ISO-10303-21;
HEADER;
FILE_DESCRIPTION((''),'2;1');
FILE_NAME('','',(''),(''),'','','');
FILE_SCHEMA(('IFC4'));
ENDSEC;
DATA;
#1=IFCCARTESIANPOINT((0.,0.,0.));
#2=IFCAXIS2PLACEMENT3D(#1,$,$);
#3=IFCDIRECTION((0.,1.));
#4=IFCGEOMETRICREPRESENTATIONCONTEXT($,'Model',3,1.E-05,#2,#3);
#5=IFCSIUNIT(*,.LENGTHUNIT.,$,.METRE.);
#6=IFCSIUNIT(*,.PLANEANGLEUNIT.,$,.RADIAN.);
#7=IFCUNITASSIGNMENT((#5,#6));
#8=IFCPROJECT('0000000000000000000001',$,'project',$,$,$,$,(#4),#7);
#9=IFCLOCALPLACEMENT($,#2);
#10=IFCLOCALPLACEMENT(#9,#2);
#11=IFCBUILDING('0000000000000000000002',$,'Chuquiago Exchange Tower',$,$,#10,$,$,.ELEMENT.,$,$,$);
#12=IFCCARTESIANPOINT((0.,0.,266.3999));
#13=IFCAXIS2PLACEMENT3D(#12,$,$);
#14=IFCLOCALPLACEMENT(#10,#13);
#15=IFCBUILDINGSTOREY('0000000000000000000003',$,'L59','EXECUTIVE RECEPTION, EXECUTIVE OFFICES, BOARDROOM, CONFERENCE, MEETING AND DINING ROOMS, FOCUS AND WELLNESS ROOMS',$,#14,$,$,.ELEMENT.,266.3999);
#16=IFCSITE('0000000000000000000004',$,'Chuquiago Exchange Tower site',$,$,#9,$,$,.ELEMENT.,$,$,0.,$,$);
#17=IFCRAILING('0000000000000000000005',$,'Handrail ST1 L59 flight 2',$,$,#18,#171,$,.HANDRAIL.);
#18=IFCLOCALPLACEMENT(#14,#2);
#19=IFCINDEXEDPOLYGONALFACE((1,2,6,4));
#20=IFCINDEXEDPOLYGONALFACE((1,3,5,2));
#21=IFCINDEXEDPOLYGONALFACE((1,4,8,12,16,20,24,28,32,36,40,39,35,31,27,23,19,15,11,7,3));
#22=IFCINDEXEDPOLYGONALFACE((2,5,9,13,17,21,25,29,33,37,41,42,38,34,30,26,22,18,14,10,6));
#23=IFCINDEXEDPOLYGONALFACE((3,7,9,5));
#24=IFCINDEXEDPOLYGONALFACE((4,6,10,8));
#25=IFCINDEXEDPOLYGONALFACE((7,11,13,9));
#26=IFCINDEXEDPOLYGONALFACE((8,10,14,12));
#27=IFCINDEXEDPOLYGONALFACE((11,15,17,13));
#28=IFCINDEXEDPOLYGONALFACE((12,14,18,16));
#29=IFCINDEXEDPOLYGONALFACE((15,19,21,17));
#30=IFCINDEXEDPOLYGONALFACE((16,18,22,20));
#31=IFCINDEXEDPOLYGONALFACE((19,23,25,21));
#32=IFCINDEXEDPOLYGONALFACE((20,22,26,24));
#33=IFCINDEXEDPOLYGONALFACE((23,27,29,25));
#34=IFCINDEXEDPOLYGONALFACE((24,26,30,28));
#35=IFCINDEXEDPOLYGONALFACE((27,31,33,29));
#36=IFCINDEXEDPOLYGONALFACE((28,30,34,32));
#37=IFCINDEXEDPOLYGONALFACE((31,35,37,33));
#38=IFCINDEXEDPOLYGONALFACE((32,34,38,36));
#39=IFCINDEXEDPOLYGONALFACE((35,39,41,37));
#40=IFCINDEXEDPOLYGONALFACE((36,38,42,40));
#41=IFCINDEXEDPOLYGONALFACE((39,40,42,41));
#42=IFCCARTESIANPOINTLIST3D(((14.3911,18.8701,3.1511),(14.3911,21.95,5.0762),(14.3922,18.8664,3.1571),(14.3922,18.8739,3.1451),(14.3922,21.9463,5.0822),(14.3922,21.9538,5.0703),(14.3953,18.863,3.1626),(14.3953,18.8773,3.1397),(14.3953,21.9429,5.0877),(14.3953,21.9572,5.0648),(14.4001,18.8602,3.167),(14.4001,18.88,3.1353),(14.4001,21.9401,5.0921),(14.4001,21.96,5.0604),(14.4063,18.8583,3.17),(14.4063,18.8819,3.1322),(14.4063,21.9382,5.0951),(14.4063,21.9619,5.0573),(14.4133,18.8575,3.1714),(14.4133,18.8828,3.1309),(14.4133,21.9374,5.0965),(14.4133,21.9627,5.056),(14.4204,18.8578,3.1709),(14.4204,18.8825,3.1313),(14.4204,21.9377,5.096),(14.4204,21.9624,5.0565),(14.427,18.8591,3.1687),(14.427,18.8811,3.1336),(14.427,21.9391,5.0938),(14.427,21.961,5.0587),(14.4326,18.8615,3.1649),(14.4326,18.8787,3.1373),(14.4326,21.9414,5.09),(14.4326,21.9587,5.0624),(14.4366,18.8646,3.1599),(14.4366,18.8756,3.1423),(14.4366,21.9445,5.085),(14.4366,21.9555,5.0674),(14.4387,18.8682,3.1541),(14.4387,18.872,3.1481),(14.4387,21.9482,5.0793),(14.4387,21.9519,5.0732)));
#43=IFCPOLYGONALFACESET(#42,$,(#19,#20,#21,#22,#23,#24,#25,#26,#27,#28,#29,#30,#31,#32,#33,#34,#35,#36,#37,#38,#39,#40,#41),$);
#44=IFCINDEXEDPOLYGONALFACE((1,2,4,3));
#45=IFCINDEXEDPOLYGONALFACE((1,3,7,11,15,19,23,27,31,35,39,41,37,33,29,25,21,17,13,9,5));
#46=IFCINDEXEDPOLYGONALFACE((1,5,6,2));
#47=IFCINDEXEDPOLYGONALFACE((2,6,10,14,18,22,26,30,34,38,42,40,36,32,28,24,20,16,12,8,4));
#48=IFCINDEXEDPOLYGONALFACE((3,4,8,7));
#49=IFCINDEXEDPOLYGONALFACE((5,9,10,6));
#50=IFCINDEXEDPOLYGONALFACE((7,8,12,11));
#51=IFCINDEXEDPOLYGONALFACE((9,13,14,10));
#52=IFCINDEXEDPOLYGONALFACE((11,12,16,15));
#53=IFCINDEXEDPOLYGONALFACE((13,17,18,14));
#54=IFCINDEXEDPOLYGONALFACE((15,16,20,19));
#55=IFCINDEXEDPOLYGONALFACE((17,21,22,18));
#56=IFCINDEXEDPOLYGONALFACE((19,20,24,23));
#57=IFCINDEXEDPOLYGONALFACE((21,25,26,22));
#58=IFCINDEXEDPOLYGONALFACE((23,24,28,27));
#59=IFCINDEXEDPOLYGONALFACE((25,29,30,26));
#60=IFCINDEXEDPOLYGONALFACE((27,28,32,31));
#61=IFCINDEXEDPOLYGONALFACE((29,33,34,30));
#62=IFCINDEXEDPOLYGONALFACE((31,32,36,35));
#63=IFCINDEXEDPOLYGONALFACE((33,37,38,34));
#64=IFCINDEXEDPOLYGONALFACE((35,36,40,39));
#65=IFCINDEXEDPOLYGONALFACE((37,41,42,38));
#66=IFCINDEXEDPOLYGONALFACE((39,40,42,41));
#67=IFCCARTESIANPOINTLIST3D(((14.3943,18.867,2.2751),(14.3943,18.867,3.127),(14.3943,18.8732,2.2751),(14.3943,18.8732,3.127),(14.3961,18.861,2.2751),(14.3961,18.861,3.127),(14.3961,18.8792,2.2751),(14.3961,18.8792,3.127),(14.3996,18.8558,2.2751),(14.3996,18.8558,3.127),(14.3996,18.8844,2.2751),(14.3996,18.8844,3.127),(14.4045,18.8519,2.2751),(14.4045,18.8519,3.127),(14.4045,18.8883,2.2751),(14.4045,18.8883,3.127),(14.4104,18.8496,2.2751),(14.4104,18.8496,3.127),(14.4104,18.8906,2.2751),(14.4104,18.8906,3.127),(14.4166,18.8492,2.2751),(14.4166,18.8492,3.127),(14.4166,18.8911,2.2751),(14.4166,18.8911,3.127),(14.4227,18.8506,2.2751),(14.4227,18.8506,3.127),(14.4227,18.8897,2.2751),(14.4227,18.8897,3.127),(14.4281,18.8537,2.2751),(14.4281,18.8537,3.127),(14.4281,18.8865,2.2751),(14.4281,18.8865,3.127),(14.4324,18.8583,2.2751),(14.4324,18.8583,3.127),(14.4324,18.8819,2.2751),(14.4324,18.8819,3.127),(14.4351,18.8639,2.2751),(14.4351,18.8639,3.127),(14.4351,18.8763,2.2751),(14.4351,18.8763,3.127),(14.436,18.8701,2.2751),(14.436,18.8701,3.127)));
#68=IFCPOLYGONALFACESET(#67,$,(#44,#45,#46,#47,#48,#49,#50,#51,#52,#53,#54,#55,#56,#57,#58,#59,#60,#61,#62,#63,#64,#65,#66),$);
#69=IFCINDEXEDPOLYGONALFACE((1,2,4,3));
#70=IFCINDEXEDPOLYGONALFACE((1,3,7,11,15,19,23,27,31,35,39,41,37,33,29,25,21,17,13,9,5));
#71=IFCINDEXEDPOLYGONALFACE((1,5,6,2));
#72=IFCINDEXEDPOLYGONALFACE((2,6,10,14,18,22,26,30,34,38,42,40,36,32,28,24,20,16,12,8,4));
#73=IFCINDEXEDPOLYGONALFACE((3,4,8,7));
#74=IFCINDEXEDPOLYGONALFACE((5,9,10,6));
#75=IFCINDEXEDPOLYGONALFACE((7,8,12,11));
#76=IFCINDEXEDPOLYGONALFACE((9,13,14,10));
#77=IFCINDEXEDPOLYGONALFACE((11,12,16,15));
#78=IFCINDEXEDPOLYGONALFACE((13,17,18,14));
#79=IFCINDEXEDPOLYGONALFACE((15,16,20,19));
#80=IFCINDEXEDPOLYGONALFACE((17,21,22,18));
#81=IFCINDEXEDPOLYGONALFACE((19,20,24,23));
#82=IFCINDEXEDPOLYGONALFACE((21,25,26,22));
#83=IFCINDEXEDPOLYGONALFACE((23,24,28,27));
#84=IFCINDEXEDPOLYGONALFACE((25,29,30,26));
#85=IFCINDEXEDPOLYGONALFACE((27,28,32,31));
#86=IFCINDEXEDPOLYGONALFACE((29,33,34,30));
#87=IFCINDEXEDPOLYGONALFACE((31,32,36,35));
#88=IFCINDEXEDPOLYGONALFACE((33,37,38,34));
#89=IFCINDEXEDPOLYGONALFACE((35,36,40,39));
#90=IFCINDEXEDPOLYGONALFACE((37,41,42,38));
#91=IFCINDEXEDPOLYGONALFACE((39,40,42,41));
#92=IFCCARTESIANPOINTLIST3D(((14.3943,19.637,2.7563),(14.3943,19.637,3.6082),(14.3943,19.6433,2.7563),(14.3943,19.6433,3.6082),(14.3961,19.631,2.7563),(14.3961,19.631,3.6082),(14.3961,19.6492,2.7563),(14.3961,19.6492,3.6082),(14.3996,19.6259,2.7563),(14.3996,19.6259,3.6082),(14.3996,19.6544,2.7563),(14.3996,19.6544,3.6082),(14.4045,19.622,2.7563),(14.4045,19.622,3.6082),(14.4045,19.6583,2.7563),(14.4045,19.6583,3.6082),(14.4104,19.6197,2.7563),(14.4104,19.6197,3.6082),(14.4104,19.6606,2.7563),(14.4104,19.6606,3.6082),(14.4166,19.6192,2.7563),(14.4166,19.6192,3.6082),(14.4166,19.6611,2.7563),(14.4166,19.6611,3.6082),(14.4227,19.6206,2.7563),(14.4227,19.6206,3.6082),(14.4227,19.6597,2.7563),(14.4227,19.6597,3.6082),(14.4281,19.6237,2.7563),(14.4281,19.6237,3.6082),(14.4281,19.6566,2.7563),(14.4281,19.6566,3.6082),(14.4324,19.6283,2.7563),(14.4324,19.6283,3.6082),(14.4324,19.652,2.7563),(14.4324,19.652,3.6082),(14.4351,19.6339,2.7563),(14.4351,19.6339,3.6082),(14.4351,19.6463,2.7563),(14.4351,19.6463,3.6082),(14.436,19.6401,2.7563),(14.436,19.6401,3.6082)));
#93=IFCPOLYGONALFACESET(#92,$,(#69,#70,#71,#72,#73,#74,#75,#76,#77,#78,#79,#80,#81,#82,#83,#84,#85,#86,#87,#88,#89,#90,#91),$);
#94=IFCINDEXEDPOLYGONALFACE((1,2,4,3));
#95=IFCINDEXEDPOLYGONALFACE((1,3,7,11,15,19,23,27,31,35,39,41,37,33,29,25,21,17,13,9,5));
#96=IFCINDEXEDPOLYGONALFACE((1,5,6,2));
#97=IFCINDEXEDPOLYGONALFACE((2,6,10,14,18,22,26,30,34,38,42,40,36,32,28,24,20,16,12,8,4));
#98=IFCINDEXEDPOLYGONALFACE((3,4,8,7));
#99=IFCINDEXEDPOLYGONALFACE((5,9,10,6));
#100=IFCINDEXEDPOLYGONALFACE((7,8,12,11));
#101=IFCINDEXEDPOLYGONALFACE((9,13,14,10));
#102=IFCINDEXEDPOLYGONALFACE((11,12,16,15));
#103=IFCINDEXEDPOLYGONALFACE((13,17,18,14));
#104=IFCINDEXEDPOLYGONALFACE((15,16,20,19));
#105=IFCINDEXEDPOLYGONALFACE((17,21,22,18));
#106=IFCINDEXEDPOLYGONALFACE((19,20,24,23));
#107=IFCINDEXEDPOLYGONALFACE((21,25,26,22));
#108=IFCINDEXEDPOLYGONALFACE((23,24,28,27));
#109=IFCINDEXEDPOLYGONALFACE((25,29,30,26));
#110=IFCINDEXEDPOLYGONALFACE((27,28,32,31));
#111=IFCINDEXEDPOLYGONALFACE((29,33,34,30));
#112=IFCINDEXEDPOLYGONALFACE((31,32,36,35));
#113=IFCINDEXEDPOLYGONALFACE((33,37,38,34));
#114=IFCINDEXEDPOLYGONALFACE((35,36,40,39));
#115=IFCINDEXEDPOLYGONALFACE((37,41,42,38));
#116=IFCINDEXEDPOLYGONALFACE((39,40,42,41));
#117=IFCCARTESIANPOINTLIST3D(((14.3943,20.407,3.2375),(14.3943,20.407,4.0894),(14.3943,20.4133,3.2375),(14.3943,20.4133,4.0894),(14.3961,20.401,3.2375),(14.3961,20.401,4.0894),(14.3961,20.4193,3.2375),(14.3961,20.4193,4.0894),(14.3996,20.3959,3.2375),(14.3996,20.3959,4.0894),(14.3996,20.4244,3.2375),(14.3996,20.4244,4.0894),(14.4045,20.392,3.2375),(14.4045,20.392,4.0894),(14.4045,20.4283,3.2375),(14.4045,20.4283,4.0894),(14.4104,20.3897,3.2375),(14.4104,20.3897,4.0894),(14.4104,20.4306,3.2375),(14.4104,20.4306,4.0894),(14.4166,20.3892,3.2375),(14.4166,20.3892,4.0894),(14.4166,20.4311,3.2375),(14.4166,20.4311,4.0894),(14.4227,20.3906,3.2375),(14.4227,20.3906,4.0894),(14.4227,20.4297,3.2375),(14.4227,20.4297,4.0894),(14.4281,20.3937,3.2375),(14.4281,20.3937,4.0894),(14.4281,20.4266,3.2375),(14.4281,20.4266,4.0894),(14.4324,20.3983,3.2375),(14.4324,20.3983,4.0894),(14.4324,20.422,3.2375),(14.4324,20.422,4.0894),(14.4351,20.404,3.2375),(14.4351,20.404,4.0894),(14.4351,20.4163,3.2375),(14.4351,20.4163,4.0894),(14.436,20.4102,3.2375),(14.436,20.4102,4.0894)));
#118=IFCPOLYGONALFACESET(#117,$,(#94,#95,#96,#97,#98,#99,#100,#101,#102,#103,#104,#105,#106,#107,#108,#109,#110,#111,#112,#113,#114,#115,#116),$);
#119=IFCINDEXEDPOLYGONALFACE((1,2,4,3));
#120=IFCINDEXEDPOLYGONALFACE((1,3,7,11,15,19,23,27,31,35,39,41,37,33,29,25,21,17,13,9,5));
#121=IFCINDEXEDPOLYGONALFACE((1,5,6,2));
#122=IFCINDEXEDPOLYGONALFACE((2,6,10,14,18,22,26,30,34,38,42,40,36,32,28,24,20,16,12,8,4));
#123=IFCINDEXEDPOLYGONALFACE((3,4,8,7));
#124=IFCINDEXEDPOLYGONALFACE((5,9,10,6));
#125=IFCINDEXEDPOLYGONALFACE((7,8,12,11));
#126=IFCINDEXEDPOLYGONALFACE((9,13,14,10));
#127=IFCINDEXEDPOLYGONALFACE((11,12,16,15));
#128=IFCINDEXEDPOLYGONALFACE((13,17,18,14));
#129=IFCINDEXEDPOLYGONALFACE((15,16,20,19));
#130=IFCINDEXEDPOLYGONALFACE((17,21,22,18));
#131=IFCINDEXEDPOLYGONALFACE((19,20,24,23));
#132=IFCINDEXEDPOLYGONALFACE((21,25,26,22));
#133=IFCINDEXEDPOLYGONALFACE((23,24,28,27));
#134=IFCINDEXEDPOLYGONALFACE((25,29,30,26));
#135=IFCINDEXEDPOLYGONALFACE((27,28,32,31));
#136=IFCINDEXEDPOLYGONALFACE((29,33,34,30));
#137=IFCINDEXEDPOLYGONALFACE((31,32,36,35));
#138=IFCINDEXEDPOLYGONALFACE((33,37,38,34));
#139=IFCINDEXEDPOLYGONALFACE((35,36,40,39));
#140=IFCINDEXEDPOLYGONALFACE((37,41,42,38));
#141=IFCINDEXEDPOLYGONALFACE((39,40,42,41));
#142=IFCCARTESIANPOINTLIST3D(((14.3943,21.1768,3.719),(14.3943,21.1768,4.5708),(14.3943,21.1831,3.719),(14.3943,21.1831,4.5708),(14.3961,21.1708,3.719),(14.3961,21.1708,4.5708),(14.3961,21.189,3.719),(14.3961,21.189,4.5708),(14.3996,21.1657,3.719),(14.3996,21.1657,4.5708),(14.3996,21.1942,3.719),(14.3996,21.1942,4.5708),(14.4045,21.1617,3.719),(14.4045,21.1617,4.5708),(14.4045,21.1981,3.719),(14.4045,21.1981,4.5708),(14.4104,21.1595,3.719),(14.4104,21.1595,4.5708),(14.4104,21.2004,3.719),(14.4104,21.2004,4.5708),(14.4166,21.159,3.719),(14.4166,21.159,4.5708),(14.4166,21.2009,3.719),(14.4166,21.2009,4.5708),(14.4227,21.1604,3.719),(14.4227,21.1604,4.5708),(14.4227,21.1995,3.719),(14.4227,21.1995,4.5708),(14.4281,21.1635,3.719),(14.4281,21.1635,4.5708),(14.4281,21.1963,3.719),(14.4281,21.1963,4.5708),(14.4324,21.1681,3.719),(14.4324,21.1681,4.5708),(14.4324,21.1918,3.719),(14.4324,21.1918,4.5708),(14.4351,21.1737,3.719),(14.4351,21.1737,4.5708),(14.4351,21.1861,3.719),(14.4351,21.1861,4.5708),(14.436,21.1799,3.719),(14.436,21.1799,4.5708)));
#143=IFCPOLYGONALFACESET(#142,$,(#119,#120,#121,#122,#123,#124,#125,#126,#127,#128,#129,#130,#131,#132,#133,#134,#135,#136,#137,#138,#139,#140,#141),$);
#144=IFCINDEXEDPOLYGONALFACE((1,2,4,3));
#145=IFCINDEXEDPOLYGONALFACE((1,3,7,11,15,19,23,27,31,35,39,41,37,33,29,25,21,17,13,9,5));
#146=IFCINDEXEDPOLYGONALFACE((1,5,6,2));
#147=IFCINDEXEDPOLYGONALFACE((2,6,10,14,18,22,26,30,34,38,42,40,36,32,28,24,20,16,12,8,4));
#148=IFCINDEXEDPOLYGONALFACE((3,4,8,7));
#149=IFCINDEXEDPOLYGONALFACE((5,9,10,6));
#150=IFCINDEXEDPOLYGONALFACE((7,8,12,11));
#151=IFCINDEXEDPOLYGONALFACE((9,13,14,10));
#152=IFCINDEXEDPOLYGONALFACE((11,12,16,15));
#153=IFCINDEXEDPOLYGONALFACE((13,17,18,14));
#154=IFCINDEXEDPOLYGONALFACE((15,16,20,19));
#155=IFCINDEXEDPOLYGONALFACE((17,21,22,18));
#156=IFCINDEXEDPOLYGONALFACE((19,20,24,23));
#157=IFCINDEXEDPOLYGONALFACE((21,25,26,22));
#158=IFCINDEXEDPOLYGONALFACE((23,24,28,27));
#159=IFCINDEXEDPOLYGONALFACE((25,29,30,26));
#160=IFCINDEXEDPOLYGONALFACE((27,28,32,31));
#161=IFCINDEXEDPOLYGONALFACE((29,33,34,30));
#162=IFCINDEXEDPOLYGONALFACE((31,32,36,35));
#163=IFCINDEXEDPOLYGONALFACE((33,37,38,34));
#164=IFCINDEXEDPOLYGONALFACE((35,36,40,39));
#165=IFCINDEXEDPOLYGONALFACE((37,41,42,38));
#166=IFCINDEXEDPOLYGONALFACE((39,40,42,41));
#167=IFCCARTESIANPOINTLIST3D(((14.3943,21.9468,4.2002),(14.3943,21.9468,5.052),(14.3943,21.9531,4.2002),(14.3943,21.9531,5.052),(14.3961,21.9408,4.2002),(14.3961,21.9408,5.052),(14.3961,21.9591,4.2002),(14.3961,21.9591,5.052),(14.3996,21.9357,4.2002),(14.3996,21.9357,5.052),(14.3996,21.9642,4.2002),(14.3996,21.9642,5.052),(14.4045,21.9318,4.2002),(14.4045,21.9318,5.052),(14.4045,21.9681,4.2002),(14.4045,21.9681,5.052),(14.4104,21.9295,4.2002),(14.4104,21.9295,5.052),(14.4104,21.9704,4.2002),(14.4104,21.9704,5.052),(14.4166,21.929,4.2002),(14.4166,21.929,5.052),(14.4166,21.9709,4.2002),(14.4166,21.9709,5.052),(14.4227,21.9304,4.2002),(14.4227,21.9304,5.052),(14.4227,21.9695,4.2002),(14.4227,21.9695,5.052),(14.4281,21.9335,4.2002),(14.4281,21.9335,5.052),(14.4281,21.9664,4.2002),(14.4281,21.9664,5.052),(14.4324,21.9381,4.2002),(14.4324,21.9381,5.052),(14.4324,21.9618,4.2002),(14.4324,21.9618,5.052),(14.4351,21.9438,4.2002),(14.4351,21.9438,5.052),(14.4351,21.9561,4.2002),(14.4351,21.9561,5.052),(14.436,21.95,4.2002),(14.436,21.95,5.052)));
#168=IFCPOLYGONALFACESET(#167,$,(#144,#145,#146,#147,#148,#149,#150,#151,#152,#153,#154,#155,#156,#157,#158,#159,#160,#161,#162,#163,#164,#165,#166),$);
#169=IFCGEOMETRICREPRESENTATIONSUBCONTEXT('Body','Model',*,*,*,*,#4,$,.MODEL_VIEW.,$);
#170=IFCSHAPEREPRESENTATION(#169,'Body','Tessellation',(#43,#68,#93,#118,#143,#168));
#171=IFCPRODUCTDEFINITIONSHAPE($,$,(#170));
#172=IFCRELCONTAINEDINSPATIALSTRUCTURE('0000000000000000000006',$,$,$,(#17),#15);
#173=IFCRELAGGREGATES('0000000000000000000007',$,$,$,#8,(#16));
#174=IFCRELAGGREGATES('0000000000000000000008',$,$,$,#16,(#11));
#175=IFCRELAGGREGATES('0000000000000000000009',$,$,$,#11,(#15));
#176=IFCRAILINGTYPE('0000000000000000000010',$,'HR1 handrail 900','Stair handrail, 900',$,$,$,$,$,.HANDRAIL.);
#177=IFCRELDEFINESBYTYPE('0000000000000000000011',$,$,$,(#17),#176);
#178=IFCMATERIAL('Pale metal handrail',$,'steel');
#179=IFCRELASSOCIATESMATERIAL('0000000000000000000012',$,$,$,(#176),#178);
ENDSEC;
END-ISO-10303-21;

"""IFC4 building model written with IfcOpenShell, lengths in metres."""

from ifc_helpers import new_model, si_unit, direction, frame, origin, origin_2d, place, context, subcontext, project, spatial, circle, extrude, material, type_object, element, save


model = new_model("IFC4")

# Units and contexts
model_context = context("Model", 3, precision=1e-05, world=origin(), true_north=direction((0.0, 1.0)))
body_context = subcontext(model_context, "Body", "Model", "MODEL_VIEW")
ifc_project = project(units=[si_unit("LENGTHUNIT", "METRE"), si_unit("PLANEANGLEUNIT", "RADIAN")], contexts=[model_context])

# Site, building, storey
site_placement = place(None, origin())
site = spatial("IfcSite", under=ifc_project, at=site_placement, Name="Chuquiago Exchange Tower site", CompositionType="ELEMENT", RefElevation=0.0)
building_placement = place(site_placement, origin())
building = spatial("IfcBuilding", under=site, at=building_placement, Name="Chuquiago Exchange Tower", CompositionType="ELEMENT")
storey_placement = place(building_placement, frame((0.0, 0.0, 266.3999)))
storey = spatial("IfcBuildingStorey", under=building, at=storey_placement, Name="L59", Description="EXECUTIVE RECEPTION, EXECUTIVE OFFICES, BOARDROOM, CONFERENCE, MEETING AND DINING ROOMS, FOCUS AND WELLNESS ROOMS", CompositionType="ELEMENT", Elevation=266.3999)

# Railing
ifc_material_1 = material(Name="Pale metal handrail", Category="steel")
railing_type_1 = type_object("IfcRailingType", Name="HR1 handrail 900", Description="Stair handrail, 900", PredefinedType="HANDRAIL", material=ifc_material_1)
for number, where, name in (
    (1, (14.415, 18.8701, 2.2751), "Handrail ST1 L59 flight 2"),
):
    element("IfcRailing", number, at=place(storey_placement, frame(where)), inside=storey, type_object=railing_type_1, Name=name, PredefinedType="HANDRAIL", context=body_context, shape_type="SweptSolid", body=[
        extrude(circle(Radius=0.0239, at=origin_2d()), frame((0.0, 0.0, 0.876), z_axis=(0.0, 0.847979, 0.530029), x_axis=(-1.0, 0.0, 0.0)), (0.0, 0.0, 1.0), 3.6321),
        extrude(circle(Radius=0.021, at=origin_2d()), origin(), (0.0, 0.0, 1.0), 0.8518),
        extrude(circle(Radius=0.021, at=origin_2d()), frame((0.0, 0.77, 0.4812)), (0.0, 0.0, 1.0), 0.8518),
        extrude(circle(Radius=0.021, at=origin_2d()), frame((0.0, 1.54, 0.9624)), (0.0, 0.0, 1.0), 0.8518),
        extrude(circle(Radius=0.021, at=origin_2d()), frame((0.0, 2.3098, 1.4438)), (0.0, 0.0, 1.0), 0.8518),
        extrude(circle(Radius=0.021, at=origin_2d()), frame((0.0, 3.0798, 1.925)), (0.0, 0.0, 1.0), 0.8518),
    ])

save(model, "model.ifc")
